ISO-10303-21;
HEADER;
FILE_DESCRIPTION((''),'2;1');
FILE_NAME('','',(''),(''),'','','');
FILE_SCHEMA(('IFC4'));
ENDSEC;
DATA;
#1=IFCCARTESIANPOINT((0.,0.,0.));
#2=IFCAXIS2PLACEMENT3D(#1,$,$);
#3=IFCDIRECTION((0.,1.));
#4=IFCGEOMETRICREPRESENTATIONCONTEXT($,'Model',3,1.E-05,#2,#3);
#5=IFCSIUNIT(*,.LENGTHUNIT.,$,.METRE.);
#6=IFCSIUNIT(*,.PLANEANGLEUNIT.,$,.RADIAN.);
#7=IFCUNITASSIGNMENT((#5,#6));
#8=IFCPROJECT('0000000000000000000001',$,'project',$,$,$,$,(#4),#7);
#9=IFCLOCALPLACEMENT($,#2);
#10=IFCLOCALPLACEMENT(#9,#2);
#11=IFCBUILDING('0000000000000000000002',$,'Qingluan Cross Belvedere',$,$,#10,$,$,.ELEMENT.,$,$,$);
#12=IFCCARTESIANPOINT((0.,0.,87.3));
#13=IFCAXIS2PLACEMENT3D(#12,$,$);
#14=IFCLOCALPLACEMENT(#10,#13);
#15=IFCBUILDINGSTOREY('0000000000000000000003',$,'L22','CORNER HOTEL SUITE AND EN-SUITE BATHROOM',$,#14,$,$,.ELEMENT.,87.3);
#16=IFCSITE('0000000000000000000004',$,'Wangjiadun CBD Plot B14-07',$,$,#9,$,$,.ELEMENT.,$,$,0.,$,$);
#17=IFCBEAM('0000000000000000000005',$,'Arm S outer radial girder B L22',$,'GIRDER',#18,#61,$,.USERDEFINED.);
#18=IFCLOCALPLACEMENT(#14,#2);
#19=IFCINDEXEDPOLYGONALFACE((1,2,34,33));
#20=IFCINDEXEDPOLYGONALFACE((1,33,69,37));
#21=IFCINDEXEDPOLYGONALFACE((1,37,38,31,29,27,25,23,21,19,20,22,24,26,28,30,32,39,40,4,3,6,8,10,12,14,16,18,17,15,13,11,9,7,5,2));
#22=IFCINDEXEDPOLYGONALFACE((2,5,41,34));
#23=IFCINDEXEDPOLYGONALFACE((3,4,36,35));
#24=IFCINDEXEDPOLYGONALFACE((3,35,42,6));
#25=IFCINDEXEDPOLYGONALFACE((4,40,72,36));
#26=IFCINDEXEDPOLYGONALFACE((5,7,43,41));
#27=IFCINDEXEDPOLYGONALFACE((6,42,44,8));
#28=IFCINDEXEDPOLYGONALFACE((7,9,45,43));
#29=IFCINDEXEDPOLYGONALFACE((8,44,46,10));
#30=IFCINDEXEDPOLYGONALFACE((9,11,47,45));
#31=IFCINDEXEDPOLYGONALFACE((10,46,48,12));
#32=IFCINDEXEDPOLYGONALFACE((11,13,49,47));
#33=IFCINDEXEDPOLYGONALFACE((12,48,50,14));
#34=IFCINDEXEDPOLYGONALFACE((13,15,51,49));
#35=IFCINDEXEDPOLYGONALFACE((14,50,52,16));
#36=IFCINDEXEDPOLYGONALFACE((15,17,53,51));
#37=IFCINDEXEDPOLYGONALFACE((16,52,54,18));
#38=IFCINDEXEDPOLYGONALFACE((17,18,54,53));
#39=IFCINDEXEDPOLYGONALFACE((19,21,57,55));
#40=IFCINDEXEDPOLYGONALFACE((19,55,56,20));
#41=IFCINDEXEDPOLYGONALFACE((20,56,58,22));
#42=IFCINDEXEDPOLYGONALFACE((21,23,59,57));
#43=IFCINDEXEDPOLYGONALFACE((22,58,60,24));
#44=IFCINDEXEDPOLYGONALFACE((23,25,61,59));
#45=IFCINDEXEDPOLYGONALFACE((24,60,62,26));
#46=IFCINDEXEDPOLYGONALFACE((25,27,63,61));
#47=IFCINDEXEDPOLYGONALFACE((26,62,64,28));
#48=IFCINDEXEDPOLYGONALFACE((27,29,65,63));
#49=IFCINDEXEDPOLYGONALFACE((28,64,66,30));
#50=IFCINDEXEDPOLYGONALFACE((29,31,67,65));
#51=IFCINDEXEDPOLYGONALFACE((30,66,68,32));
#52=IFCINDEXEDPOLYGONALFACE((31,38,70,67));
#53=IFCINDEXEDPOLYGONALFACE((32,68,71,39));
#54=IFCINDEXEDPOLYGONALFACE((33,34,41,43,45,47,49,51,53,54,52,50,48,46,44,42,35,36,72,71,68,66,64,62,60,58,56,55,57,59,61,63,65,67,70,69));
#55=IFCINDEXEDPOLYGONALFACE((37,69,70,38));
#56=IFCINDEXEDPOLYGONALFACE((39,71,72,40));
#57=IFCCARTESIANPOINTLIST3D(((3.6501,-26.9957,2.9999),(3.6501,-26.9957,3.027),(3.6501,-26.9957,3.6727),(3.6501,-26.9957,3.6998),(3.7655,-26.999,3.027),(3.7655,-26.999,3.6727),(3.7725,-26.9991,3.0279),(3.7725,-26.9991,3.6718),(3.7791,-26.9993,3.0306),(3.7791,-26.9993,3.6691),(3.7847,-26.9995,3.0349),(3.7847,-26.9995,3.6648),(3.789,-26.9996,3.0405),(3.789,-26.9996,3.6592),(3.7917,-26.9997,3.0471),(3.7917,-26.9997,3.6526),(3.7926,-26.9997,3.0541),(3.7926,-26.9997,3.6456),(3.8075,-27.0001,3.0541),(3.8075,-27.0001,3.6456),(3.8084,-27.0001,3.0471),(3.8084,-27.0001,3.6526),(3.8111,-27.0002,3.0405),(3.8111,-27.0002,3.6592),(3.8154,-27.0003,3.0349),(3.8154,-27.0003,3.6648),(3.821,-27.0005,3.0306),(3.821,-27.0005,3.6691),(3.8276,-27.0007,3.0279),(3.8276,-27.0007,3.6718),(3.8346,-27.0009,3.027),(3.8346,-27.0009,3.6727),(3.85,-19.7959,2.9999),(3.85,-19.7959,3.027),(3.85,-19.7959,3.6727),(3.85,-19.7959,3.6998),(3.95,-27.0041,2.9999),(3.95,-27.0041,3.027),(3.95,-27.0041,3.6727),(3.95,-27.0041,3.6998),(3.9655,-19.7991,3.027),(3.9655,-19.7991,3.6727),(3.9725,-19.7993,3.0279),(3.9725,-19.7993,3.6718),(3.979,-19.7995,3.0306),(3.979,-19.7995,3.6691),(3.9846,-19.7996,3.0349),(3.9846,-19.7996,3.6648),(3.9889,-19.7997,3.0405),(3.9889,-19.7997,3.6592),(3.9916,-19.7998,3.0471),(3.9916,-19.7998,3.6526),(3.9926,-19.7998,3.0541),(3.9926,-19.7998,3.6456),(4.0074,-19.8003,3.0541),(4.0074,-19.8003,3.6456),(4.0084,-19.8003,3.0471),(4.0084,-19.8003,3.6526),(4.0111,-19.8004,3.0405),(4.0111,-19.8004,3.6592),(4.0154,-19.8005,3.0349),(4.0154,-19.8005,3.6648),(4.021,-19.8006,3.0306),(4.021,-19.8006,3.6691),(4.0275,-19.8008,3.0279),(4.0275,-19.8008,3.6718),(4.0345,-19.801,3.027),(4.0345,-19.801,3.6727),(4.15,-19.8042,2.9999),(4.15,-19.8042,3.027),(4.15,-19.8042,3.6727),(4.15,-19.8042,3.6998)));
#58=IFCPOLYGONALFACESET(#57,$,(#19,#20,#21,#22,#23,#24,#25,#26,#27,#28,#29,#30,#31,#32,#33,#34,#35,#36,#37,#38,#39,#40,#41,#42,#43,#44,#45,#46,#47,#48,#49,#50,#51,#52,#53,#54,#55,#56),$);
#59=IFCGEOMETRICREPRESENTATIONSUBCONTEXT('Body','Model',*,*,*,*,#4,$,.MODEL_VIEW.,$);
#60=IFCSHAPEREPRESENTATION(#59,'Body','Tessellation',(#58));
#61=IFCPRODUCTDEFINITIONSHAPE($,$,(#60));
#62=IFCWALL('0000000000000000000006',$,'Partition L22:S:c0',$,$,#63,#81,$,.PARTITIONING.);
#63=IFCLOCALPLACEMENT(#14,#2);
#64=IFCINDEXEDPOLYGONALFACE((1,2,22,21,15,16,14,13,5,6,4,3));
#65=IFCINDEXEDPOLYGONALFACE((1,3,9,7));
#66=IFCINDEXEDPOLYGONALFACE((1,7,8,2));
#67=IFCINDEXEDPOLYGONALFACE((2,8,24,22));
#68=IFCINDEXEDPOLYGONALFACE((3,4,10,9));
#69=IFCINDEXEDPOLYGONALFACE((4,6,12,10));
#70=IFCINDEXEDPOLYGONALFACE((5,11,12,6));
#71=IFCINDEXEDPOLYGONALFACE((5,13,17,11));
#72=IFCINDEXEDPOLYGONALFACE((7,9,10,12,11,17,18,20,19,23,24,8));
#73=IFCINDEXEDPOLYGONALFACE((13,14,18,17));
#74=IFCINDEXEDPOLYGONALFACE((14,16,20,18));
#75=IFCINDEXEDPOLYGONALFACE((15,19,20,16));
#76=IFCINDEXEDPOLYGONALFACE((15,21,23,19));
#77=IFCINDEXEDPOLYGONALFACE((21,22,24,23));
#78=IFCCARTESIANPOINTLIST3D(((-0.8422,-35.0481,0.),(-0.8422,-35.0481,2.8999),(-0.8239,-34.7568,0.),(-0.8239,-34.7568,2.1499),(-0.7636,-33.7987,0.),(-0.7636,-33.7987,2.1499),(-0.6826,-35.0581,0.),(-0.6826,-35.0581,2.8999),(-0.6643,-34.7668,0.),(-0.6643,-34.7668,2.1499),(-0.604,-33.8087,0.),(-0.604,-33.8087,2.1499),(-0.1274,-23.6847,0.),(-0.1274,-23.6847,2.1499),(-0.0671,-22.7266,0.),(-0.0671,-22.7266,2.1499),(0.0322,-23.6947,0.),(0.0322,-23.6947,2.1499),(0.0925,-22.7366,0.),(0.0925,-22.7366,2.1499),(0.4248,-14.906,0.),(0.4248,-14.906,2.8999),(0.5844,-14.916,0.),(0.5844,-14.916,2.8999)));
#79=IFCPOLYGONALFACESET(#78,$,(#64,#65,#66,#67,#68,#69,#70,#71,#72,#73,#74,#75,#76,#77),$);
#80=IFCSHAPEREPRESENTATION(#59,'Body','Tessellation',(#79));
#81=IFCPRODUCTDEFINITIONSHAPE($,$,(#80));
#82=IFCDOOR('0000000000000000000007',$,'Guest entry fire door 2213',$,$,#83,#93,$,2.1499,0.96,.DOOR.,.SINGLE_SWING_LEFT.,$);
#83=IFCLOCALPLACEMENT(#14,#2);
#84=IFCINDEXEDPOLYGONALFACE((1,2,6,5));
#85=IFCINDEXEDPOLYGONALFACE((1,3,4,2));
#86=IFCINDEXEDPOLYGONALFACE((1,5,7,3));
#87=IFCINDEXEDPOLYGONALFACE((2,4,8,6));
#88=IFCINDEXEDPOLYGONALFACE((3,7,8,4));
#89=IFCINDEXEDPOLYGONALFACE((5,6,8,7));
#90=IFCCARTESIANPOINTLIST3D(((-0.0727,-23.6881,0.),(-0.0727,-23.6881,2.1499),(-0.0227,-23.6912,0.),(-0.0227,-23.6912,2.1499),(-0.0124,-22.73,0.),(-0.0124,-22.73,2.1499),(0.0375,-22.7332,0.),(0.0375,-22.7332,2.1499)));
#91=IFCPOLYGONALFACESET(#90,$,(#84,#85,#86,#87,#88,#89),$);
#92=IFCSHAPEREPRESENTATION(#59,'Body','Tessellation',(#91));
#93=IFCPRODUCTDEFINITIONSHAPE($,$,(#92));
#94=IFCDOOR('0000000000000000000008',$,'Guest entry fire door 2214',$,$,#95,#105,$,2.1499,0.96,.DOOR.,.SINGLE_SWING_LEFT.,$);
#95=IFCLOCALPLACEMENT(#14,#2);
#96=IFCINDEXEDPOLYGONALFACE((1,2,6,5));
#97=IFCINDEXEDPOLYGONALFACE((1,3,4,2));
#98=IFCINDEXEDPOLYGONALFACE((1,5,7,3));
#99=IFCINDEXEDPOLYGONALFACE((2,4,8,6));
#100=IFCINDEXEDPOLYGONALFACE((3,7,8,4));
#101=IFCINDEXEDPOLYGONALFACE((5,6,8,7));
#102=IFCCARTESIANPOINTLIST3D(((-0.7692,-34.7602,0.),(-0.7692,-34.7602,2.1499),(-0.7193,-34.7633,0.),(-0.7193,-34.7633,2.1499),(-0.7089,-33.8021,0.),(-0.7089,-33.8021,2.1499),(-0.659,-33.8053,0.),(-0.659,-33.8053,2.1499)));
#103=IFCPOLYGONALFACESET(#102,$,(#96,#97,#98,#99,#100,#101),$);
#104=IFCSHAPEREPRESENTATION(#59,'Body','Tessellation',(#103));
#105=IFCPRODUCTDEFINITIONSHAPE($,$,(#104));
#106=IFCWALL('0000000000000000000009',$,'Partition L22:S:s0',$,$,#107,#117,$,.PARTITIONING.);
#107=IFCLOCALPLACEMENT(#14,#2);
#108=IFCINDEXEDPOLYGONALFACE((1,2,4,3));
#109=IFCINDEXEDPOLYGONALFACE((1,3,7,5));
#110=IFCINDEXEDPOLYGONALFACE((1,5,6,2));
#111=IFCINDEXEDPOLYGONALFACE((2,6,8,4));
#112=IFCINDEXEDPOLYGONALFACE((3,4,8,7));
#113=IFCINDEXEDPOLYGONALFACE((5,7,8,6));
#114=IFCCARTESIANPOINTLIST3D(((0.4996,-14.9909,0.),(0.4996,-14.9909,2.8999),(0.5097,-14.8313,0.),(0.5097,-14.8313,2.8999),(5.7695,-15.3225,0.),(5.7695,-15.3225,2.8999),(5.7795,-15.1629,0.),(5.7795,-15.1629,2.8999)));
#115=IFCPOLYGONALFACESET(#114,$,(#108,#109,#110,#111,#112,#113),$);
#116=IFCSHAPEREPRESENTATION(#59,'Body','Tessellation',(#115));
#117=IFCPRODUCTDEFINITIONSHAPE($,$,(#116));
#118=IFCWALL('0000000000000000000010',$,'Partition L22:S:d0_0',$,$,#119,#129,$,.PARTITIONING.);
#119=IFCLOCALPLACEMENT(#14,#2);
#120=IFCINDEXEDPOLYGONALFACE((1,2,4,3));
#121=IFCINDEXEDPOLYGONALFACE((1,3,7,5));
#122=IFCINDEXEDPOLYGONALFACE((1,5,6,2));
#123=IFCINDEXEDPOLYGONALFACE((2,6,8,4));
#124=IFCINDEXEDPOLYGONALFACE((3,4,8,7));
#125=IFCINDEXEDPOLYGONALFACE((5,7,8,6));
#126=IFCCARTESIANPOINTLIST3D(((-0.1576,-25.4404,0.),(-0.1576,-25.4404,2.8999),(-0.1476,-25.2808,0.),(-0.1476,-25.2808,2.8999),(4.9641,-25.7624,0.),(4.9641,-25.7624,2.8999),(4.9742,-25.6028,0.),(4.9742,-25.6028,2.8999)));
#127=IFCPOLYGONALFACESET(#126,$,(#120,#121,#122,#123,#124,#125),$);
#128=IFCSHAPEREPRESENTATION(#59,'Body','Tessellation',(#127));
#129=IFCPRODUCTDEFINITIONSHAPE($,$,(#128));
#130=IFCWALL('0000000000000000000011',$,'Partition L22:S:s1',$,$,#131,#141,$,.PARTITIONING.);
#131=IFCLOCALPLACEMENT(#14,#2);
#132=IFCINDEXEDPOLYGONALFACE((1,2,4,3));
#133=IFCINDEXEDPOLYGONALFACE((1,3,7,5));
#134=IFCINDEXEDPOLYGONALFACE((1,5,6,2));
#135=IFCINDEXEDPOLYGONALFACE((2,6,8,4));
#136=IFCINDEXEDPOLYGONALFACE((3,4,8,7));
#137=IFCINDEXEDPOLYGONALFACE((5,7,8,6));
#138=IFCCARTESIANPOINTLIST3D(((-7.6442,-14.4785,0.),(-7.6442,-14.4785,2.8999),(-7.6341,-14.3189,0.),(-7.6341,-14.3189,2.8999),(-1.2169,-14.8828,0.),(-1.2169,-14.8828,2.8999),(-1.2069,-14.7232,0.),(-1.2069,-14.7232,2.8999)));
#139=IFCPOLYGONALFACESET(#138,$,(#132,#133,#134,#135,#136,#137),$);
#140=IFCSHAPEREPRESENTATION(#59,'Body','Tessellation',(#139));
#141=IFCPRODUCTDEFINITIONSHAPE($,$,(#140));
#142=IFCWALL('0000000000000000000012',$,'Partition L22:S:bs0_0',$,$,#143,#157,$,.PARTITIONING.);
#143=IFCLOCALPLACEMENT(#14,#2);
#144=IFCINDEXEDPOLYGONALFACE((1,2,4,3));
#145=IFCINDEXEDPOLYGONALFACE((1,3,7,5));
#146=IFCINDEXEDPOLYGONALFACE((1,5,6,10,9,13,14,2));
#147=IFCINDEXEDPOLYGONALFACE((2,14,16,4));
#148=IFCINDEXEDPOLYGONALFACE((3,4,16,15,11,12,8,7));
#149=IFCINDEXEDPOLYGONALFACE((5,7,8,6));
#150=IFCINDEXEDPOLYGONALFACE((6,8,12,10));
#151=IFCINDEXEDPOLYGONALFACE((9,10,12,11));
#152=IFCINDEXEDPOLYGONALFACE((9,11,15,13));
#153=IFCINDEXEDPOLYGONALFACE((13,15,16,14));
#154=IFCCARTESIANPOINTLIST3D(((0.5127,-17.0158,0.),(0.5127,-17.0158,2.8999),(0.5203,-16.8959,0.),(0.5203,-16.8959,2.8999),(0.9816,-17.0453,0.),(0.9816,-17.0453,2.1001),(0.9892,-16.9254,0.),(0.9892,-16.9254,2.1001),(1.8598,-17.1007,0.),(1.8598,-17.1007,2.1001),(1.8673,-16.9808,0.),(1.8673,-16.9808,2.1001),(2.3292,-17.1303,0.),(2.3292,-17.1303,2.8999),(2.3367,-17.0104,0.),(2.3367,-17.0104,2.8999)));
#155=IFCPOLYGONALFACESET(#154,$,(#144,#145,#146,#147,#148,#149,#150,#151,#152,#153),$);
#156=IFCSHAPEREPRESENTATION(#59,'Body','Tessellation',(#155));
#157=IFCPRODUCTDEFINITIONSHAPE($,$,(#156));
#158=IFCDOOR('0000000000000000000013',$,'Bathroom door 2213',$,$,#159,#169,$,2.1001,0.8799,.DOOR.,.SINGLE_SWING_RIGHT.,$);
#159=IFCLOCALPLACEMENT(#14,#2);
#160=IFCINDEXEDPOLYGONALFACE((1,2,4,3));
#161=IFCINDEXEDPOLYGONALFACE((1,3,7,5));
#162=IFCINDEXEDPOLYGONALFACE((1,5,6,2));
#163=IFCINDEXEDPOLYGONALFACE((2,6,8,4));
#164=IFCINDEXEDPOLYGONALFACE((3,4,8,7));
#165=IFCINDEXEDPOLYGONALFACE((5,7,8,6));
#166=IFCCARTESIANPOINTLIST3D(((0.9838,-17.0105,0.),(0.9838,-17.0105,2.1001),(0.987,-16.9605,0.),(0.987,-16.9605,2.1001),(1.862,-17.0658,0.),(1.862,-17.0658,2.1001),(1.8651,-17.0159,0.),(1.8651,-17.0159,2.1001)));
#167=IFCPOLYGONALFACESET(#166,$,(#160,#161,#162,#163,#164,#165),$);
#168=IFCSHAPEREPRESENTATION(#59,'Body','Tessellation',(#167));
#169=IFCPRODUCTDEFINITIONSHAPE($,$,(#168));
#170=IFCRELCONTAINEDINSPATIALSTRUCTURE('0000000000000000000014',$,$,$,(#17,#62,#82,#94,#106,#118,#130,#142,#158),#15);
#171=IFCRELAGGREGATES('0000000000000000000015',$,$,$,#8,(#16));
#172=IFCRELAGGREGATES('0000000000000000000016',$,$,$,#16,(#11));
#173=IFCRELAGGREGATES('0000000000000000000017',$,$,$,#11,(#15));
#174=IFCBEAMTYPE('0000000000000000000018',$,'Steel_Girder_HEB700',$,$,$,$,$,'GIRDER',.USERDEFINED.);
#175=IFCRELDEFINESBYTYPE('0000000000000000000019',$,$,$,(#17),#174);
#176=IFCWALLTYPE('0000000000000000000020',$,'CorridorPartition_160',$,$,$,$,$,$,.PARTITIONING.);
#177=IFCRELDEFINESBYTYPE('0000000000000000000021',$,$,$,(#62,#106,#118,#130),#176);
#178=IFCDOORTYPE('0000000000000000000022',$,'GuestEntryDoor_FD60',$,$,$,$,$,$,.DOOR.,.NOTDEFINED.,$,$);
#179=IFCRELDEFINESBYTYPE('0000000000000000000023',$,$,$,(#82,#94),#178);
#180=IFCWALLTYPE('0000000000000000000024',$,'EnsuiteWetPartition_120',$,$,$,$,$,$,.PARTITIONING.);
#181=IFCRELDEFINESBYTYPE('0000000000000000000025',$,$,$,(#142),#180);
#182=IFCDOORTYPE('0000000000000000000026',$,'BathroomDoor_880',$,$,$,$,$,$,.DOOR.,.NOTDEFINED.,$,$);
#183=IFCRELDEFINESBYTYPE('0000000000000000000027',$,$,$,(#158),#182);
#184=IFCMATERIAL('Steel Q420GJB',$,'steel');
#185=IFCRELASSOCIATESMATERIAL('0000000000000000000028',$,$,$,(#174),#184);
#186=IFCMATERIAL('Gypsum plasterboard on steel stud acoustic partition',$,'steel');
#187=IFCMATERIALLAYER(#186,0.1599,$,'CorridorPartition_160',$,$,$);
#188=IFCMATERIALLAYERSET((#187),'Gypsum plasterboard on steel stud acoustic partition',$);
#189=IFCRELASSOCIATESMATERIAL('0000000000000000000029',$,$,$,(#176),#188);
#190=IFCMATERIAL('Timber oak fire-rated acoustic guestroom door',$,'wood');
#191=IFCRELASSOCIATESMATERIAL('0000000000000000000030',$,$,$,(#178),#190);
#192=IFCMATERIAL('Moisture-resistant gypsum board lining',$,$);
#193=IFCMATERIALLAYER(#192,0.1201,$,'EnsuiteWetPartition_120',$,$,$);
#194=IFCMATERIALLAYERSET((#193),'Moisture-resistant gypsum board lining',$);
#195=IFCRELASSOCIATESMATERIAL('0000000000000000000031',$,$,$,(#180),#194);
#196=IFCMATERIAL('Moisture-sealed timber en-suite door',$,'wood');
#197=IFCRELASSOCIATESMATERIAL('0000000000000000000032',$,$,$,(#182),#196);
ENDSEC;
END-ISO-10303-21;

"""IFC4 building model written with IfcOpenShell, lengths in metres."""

from ifc_helpers import new_model, si_unit, direction, frame, frame_2d, origin, origin_2d, place, context, subcontext, project, spatial, rectangle, i_section, extrude, material, layer, layer_set, material_profile, profile_set, type_object, element, fill, save


model = new_model("IFC4")

# Units and contexts
model_context = context("Model", 3, precision=1e-05, world=origin(), true_north=direction((0.0, 1.0)))
body_context = subcontext(model_context, "Body", "Model", "MODEL_VIEW")
ifc_project = project(units=[si_unit("LENGTHUNIT", "METRE"), si_unit("PLANEANGLEUNIT", "RADIAN")], contexts=[model_context])

# Site, building, storey
site_placement = place(None, origin())
site = spatial("IfcSite", under=ifc_project, at=site_placement, Name="Wangjiadun CBD Plot B14-07", CompositionType="ELEMENT", RefElevation=0.0)
building_placement = place(site_placement, origin())
building = spatial("IfcBuilding", under=site, at=building_placement, Name="Qingluan Cross Belvedere", CompositionType="ELEMENT")
storey_placement = place(building_placement, frame((0.0, 0.0, 87.3)))
storey = spatial("IfcBuildingStorey", under=building, at=storey_placement, Name="L22", Description="CORNER HOTEL SUITE AND EN-SUITE BATHROOM", CompositionType="ELEMENT", Elevation=87.3)

# Beam
ifc_material_1 = material(Name="Steel Q420GJB", Category="steel")
ifc_material_profile_1 = material_profile(ifc_material_1, i_section(OverallWidth=0.3, OverallDepth=0.7, WebThickness=0.0149, FlangeThickness=0.0271, FilletRadius=0.0271, at=origin_2d()), Name="HEB700")
ifc_profile_set_1 = profile_set([ifc_material_profile_1], Name="Steel Q420GJB")
beam_type = type_object("IfcBeamType", Name="Steel_Girder_HEB700", ElementType="GIRDER", PredefinedType="USERDEFINED", material=ifc_profile_set_1)
beam_1_placement = place(storey_placement, frame((4.0, -19.8, 3.3499), z_axis=(-0.02776, -0.999615, 0.0), x_axis=(0.999615, -0.02776, 0.0)))
element("IfcBeam", 1, at=beam_1_placement, inside=storey, type_object=beam_type, Name="Arm S outer radial girder B L22", ObjectType="GIRDER", PredefinedType="USERDEFINED", context=body_context, shape_type="SweptSolid", body=[
    extrude(i_section(OverallWidth=0.3, OverallDepth=0.7, WebThickness=0.0149, FlangeThickness=0.0271, FilletRadius=0.0271, at=origin_2d()), origin(), (0.0, 0.0, 1.0), 7.2026),
])

# Wall, openings, doors
ifc_material_2 = material(Name="Gypsum plasterboard on steel stud acoustic partition", Category="steel")
ifc_layer_1 = layer(ifc_material_2, 0.1599, Name="CorridorPartition_160")
ifc_layer_set_1 = layer_set([ifc_layer_1], Name="Gypsum plasterboard on steel stud acoustic partition")
wall_type_1 = type_object("IfcWallType", Name="CorridorPartition_160", PredefinedType="PARTITIONING", material=ifc_layer_set_1)
wall_1_placement = place(storey_placement, frame((0.5046, -14.9111, 0.0), z_axis=(0.0, 0.0, 1.0), x_axis=(-0.062783, -0.998027, 0.0)))
wall_1 = element("IfcWall", 2, at=wall_1_placement, inside=storey, type_object=wall_type_1, Name="Partition L22:S:c0", PredefinedType="PARTITIONING", context=body_context, shape_type="SweptSolid", body=[
    extrude(rectangle(XDim=20.1819, YDim=0.1599, at=frame_2d((10.0908, 0.0))), origin(), (0.0, 0.0, 1.0), 2.8999),
])
opening_1_placement = place(wall_1_placement, frame((7.8359, 0.0, 0.0)))
opening_1 = element("IfcOpeningElement", 3, at=opening_1_placement, cuts=wall_1, PredefinedType="OPENING", context=body_context, shape_type="SweptSolid", body=[
    extrude(rectangle(XDim=0.96, YDim=2.1499, at=frame_2d((0.48, 1.075))), frame((0.0, 0.0898, 0.0), z_axis=(0.0, -1.0, 0.0), x_axis=(1.0, 0.0, 0.0)), (0.0, 0.0, 1.0), 0.1799),
])
opening_2_placement = place(wall_1_placement, frame((18.9299, 0.0, 0.0)))
opening_2 = element("IfcOpeningElement", 4, at=opening_2_placement, cuts=wall_1, PredefinedType="OPENING", context=body_context, shape_type="SweptSolid", body=[
    extrude(rectangle(XDim=0.96, YDim=2.1499, at=frame_2d((0.48, 1.075))), frame((0.0, 0.0898, 0.0), z_axis=(0.0, -1.0, 0.0), x_axis=(1.0, 0.0, 0.0)), (0.0, 0.0, 1.0), 0.1799),
])
ifc_material_3 = material(Name="Timber oak fire-rated acoustic guestroom door", Category="wood")
door_type_1 = type_object("IfcDoorType", Name="GuestEntryDoor_FD60", OperationType="NOTDEFINED", PredefinedType="DOOR", material=ifc_material_3)
door_1_placement = place(opening_1_placement, origin())
door_1 = element("IfcDoor", 5, at=door_1_placement, inside=storey, type_object=door_type_1, Name="Guest entry fire door 2213", OperationType="SINGLE_SWING_LEFT", OverallHeight=2.1499, OverallWidth=0.96, PredefinedType="DOOR", context=body_context, shape_type="SweptSolid", body=[
    extrude(rectangle(XDim=0.96, YDim=2.1499, at=frame_2d((0.48, 1.075))), frame((0.0, 0.0249, 0.0), z_axis=(0.0, -1.0, 0.0), x_axis=(1.0, 0.0, 0.0)), (0.0, 0.0, 1.0), 0.05),
])
fill(opening_1, door_1)
door_2_placement = place(opening_2_placement, origin())
door_2 = element("IfcDoor", 6, at=door_2_placement, inside=storey, type_object=door_type_1, Name="Guest entry fire door 2214", OperationType="SINGLE_SWING_LEFT", OverallHeight=2.1499, OverallWidth=0.96, PredefinedType="DOOR", context=body_context, shape_type="SweptSolid", body=[
    extrude(rectangle(XDim=0.96, YDim=2.1499, at=frame_2d((0.48, 1.075))), frame((0.0, 0.0249, 0.0), z_axis=(0.0, -1.0, 0.0), x_axis=(1.0, 0.0, 0.0)), (0.0, 0.0, 1.0), 0.05),
])
fill(opening_2, door_2)

# Walls
wall_2_placement = place(storey_placement, frame((0.5046, -14.9111, 0.0), z_axis=(0.0, 0.0, 1.0), x_axis=(0.998027, -0.06279, 0.0)))
element("IfcWall", 7, at=wall_2_placement, inside=storey, type_object=wall_type_1, Name="Partition L22:S:s0", PredefinedType="PARTITIONING", context=body_context, shape_type="SweptSolid", body=[
    extrude(rectangle(XDim=5.2803, YDim=0.1599, at=frame_2d((2.6401, 0.0))), origin(), (0.0, 0.0, 1.0), 2.8999),
])
wall_3_placement = place(storey_placement, frame((-0.1526, -25.3606, 0.0), z_axis=(0.0, 0.0, 1.0), x_axis=(0.998029, -0.062748, 0.0)))
element("IfcWall", 8, at=wall_3_placement, inside=storey, type_object=wall_type_1, Name="Partition L22:S:d0_0", PredefinedType="PARTITIONING", context=body_context, shape_type="SweptSolid", body=[
    extrude(rectangle(XDim=5.1318, YDim=0.1599, at=frame_2d((2.5659, 0.0))), origin(), (0.0, 0.0, 1.0), 2.8999),
])
wall_4_placement = place(storey_placement, frame((-1.2119, -14.803, 0.0), z_axis=(0.0, 0.0, 1.0), x_axis=(-0.998027, 0.06278, 0.0)))
element("IfcWall", 9, at=wall_4_placement, inside=storey, type_object=wall_type_1, Name="Partition L22:S:s1", PredefinedType="PARTITIONING", context=body_context, shape_type="SweptSolid", body=[
    extrude(rectangle(XDim=6.4399, YDim=0.1599, at=frame_2d((3.22, 0.0))), origin(), (0.0, 0.0, 1.0), 2.8999),
])

# Wall, opening, door
ifc_material_4 = material(Name="Moisture-resistant gypsum board lining")
ifc_layer_2 = layer(ifc_material_4, 0.1201, Name="EnsuiteWetPartition_120")
ifc_layer_set_2 = layer_set([ifc_layer_2], Name="Moisture-resistant gypsum board lining")
wall_type_2 = type_object("IfcWallType", Name="EnsuiteWetPartition_120", PredefinedType="PARTITIONING", material=ifc_layer_set_2)
wall_5_placement = place(storey_placement, frame((0.5164, -16.9558, 0.0), z_axis=(0.0, 0.0, 1.0), x_axis=(0.998019, -0.062913, 0.0)))
wall_5 = element("IfcWall", 10, at=wall_5_placement, inside=storey, type_object=wall_type_2, Name="Partition L22:S:bs0_0", PredefinedType="PARTITIONING", context=body_context, shape_type="SweptSolid", body=[
    extrude(rectangle(XDim=1.8201, YDim=0.1201, at=frame_2d((0.9102, 0.0))), origin(), (0.0, 0.0, 1.0), 2.8999),
])
opening_3_placement = place(wall_5_placement, frame((0.47, 0.0, 0.0)))
opening_3 = element("IfcOpeningElement", 11, at=opening_3_placement, cuts=wall_5, PredefinedType="OPENING", context=body_context, shape_type="SweptSolid", body=[
    extrude(rectangle(XDim=0.8799, YDim=2.1001, at=frame_2d((0.4399, 1.05))), frame((0.0, 0.0701, 0.0), z_axis=(0.0, -1.0, 0.0), x_axis=(1.0, 0.0, 0.0)), (0.0, 0.0, 1.0), 0.1401),
])
ifc_material_5 = material(Name="Moisture-sealed timber en-suite door", Category="wood")
door_type_2 = type_object("IfcDoorType", Name="BathroomDoor_880", OperationType="NOTDEFINED", PredefinedType="DOOR", material=ifc_material_5)
door_3_placement = place(opening_3_placement, origin())
door_3 = element("IfcDoor", 12, at=door_3_placement, inside=storey, type_object=door_type_2, Name="Bathroom door 2213", OperationType="SINGLE_SWING_RIGHT", OverallHeight=2.1001, OverallWidth=0.8799, PredefinedType="DOOR", context=body_context, shape_type="SweptSolid", body=[
    extrude(rectangle(XDim=0.8799, YDim=2.1001, at=frame_2d((0.4399, 1.05))), frame((0.0, 0.0249, 0.0), z_axis=(0.0, -1.0, 0.0), x_axis=(1.0, 0.0, 0.0)), (0.0, 0.0, 1.0), 0.05),
])
fill(opening_3, door_3)

save(model, "model.ifc")
